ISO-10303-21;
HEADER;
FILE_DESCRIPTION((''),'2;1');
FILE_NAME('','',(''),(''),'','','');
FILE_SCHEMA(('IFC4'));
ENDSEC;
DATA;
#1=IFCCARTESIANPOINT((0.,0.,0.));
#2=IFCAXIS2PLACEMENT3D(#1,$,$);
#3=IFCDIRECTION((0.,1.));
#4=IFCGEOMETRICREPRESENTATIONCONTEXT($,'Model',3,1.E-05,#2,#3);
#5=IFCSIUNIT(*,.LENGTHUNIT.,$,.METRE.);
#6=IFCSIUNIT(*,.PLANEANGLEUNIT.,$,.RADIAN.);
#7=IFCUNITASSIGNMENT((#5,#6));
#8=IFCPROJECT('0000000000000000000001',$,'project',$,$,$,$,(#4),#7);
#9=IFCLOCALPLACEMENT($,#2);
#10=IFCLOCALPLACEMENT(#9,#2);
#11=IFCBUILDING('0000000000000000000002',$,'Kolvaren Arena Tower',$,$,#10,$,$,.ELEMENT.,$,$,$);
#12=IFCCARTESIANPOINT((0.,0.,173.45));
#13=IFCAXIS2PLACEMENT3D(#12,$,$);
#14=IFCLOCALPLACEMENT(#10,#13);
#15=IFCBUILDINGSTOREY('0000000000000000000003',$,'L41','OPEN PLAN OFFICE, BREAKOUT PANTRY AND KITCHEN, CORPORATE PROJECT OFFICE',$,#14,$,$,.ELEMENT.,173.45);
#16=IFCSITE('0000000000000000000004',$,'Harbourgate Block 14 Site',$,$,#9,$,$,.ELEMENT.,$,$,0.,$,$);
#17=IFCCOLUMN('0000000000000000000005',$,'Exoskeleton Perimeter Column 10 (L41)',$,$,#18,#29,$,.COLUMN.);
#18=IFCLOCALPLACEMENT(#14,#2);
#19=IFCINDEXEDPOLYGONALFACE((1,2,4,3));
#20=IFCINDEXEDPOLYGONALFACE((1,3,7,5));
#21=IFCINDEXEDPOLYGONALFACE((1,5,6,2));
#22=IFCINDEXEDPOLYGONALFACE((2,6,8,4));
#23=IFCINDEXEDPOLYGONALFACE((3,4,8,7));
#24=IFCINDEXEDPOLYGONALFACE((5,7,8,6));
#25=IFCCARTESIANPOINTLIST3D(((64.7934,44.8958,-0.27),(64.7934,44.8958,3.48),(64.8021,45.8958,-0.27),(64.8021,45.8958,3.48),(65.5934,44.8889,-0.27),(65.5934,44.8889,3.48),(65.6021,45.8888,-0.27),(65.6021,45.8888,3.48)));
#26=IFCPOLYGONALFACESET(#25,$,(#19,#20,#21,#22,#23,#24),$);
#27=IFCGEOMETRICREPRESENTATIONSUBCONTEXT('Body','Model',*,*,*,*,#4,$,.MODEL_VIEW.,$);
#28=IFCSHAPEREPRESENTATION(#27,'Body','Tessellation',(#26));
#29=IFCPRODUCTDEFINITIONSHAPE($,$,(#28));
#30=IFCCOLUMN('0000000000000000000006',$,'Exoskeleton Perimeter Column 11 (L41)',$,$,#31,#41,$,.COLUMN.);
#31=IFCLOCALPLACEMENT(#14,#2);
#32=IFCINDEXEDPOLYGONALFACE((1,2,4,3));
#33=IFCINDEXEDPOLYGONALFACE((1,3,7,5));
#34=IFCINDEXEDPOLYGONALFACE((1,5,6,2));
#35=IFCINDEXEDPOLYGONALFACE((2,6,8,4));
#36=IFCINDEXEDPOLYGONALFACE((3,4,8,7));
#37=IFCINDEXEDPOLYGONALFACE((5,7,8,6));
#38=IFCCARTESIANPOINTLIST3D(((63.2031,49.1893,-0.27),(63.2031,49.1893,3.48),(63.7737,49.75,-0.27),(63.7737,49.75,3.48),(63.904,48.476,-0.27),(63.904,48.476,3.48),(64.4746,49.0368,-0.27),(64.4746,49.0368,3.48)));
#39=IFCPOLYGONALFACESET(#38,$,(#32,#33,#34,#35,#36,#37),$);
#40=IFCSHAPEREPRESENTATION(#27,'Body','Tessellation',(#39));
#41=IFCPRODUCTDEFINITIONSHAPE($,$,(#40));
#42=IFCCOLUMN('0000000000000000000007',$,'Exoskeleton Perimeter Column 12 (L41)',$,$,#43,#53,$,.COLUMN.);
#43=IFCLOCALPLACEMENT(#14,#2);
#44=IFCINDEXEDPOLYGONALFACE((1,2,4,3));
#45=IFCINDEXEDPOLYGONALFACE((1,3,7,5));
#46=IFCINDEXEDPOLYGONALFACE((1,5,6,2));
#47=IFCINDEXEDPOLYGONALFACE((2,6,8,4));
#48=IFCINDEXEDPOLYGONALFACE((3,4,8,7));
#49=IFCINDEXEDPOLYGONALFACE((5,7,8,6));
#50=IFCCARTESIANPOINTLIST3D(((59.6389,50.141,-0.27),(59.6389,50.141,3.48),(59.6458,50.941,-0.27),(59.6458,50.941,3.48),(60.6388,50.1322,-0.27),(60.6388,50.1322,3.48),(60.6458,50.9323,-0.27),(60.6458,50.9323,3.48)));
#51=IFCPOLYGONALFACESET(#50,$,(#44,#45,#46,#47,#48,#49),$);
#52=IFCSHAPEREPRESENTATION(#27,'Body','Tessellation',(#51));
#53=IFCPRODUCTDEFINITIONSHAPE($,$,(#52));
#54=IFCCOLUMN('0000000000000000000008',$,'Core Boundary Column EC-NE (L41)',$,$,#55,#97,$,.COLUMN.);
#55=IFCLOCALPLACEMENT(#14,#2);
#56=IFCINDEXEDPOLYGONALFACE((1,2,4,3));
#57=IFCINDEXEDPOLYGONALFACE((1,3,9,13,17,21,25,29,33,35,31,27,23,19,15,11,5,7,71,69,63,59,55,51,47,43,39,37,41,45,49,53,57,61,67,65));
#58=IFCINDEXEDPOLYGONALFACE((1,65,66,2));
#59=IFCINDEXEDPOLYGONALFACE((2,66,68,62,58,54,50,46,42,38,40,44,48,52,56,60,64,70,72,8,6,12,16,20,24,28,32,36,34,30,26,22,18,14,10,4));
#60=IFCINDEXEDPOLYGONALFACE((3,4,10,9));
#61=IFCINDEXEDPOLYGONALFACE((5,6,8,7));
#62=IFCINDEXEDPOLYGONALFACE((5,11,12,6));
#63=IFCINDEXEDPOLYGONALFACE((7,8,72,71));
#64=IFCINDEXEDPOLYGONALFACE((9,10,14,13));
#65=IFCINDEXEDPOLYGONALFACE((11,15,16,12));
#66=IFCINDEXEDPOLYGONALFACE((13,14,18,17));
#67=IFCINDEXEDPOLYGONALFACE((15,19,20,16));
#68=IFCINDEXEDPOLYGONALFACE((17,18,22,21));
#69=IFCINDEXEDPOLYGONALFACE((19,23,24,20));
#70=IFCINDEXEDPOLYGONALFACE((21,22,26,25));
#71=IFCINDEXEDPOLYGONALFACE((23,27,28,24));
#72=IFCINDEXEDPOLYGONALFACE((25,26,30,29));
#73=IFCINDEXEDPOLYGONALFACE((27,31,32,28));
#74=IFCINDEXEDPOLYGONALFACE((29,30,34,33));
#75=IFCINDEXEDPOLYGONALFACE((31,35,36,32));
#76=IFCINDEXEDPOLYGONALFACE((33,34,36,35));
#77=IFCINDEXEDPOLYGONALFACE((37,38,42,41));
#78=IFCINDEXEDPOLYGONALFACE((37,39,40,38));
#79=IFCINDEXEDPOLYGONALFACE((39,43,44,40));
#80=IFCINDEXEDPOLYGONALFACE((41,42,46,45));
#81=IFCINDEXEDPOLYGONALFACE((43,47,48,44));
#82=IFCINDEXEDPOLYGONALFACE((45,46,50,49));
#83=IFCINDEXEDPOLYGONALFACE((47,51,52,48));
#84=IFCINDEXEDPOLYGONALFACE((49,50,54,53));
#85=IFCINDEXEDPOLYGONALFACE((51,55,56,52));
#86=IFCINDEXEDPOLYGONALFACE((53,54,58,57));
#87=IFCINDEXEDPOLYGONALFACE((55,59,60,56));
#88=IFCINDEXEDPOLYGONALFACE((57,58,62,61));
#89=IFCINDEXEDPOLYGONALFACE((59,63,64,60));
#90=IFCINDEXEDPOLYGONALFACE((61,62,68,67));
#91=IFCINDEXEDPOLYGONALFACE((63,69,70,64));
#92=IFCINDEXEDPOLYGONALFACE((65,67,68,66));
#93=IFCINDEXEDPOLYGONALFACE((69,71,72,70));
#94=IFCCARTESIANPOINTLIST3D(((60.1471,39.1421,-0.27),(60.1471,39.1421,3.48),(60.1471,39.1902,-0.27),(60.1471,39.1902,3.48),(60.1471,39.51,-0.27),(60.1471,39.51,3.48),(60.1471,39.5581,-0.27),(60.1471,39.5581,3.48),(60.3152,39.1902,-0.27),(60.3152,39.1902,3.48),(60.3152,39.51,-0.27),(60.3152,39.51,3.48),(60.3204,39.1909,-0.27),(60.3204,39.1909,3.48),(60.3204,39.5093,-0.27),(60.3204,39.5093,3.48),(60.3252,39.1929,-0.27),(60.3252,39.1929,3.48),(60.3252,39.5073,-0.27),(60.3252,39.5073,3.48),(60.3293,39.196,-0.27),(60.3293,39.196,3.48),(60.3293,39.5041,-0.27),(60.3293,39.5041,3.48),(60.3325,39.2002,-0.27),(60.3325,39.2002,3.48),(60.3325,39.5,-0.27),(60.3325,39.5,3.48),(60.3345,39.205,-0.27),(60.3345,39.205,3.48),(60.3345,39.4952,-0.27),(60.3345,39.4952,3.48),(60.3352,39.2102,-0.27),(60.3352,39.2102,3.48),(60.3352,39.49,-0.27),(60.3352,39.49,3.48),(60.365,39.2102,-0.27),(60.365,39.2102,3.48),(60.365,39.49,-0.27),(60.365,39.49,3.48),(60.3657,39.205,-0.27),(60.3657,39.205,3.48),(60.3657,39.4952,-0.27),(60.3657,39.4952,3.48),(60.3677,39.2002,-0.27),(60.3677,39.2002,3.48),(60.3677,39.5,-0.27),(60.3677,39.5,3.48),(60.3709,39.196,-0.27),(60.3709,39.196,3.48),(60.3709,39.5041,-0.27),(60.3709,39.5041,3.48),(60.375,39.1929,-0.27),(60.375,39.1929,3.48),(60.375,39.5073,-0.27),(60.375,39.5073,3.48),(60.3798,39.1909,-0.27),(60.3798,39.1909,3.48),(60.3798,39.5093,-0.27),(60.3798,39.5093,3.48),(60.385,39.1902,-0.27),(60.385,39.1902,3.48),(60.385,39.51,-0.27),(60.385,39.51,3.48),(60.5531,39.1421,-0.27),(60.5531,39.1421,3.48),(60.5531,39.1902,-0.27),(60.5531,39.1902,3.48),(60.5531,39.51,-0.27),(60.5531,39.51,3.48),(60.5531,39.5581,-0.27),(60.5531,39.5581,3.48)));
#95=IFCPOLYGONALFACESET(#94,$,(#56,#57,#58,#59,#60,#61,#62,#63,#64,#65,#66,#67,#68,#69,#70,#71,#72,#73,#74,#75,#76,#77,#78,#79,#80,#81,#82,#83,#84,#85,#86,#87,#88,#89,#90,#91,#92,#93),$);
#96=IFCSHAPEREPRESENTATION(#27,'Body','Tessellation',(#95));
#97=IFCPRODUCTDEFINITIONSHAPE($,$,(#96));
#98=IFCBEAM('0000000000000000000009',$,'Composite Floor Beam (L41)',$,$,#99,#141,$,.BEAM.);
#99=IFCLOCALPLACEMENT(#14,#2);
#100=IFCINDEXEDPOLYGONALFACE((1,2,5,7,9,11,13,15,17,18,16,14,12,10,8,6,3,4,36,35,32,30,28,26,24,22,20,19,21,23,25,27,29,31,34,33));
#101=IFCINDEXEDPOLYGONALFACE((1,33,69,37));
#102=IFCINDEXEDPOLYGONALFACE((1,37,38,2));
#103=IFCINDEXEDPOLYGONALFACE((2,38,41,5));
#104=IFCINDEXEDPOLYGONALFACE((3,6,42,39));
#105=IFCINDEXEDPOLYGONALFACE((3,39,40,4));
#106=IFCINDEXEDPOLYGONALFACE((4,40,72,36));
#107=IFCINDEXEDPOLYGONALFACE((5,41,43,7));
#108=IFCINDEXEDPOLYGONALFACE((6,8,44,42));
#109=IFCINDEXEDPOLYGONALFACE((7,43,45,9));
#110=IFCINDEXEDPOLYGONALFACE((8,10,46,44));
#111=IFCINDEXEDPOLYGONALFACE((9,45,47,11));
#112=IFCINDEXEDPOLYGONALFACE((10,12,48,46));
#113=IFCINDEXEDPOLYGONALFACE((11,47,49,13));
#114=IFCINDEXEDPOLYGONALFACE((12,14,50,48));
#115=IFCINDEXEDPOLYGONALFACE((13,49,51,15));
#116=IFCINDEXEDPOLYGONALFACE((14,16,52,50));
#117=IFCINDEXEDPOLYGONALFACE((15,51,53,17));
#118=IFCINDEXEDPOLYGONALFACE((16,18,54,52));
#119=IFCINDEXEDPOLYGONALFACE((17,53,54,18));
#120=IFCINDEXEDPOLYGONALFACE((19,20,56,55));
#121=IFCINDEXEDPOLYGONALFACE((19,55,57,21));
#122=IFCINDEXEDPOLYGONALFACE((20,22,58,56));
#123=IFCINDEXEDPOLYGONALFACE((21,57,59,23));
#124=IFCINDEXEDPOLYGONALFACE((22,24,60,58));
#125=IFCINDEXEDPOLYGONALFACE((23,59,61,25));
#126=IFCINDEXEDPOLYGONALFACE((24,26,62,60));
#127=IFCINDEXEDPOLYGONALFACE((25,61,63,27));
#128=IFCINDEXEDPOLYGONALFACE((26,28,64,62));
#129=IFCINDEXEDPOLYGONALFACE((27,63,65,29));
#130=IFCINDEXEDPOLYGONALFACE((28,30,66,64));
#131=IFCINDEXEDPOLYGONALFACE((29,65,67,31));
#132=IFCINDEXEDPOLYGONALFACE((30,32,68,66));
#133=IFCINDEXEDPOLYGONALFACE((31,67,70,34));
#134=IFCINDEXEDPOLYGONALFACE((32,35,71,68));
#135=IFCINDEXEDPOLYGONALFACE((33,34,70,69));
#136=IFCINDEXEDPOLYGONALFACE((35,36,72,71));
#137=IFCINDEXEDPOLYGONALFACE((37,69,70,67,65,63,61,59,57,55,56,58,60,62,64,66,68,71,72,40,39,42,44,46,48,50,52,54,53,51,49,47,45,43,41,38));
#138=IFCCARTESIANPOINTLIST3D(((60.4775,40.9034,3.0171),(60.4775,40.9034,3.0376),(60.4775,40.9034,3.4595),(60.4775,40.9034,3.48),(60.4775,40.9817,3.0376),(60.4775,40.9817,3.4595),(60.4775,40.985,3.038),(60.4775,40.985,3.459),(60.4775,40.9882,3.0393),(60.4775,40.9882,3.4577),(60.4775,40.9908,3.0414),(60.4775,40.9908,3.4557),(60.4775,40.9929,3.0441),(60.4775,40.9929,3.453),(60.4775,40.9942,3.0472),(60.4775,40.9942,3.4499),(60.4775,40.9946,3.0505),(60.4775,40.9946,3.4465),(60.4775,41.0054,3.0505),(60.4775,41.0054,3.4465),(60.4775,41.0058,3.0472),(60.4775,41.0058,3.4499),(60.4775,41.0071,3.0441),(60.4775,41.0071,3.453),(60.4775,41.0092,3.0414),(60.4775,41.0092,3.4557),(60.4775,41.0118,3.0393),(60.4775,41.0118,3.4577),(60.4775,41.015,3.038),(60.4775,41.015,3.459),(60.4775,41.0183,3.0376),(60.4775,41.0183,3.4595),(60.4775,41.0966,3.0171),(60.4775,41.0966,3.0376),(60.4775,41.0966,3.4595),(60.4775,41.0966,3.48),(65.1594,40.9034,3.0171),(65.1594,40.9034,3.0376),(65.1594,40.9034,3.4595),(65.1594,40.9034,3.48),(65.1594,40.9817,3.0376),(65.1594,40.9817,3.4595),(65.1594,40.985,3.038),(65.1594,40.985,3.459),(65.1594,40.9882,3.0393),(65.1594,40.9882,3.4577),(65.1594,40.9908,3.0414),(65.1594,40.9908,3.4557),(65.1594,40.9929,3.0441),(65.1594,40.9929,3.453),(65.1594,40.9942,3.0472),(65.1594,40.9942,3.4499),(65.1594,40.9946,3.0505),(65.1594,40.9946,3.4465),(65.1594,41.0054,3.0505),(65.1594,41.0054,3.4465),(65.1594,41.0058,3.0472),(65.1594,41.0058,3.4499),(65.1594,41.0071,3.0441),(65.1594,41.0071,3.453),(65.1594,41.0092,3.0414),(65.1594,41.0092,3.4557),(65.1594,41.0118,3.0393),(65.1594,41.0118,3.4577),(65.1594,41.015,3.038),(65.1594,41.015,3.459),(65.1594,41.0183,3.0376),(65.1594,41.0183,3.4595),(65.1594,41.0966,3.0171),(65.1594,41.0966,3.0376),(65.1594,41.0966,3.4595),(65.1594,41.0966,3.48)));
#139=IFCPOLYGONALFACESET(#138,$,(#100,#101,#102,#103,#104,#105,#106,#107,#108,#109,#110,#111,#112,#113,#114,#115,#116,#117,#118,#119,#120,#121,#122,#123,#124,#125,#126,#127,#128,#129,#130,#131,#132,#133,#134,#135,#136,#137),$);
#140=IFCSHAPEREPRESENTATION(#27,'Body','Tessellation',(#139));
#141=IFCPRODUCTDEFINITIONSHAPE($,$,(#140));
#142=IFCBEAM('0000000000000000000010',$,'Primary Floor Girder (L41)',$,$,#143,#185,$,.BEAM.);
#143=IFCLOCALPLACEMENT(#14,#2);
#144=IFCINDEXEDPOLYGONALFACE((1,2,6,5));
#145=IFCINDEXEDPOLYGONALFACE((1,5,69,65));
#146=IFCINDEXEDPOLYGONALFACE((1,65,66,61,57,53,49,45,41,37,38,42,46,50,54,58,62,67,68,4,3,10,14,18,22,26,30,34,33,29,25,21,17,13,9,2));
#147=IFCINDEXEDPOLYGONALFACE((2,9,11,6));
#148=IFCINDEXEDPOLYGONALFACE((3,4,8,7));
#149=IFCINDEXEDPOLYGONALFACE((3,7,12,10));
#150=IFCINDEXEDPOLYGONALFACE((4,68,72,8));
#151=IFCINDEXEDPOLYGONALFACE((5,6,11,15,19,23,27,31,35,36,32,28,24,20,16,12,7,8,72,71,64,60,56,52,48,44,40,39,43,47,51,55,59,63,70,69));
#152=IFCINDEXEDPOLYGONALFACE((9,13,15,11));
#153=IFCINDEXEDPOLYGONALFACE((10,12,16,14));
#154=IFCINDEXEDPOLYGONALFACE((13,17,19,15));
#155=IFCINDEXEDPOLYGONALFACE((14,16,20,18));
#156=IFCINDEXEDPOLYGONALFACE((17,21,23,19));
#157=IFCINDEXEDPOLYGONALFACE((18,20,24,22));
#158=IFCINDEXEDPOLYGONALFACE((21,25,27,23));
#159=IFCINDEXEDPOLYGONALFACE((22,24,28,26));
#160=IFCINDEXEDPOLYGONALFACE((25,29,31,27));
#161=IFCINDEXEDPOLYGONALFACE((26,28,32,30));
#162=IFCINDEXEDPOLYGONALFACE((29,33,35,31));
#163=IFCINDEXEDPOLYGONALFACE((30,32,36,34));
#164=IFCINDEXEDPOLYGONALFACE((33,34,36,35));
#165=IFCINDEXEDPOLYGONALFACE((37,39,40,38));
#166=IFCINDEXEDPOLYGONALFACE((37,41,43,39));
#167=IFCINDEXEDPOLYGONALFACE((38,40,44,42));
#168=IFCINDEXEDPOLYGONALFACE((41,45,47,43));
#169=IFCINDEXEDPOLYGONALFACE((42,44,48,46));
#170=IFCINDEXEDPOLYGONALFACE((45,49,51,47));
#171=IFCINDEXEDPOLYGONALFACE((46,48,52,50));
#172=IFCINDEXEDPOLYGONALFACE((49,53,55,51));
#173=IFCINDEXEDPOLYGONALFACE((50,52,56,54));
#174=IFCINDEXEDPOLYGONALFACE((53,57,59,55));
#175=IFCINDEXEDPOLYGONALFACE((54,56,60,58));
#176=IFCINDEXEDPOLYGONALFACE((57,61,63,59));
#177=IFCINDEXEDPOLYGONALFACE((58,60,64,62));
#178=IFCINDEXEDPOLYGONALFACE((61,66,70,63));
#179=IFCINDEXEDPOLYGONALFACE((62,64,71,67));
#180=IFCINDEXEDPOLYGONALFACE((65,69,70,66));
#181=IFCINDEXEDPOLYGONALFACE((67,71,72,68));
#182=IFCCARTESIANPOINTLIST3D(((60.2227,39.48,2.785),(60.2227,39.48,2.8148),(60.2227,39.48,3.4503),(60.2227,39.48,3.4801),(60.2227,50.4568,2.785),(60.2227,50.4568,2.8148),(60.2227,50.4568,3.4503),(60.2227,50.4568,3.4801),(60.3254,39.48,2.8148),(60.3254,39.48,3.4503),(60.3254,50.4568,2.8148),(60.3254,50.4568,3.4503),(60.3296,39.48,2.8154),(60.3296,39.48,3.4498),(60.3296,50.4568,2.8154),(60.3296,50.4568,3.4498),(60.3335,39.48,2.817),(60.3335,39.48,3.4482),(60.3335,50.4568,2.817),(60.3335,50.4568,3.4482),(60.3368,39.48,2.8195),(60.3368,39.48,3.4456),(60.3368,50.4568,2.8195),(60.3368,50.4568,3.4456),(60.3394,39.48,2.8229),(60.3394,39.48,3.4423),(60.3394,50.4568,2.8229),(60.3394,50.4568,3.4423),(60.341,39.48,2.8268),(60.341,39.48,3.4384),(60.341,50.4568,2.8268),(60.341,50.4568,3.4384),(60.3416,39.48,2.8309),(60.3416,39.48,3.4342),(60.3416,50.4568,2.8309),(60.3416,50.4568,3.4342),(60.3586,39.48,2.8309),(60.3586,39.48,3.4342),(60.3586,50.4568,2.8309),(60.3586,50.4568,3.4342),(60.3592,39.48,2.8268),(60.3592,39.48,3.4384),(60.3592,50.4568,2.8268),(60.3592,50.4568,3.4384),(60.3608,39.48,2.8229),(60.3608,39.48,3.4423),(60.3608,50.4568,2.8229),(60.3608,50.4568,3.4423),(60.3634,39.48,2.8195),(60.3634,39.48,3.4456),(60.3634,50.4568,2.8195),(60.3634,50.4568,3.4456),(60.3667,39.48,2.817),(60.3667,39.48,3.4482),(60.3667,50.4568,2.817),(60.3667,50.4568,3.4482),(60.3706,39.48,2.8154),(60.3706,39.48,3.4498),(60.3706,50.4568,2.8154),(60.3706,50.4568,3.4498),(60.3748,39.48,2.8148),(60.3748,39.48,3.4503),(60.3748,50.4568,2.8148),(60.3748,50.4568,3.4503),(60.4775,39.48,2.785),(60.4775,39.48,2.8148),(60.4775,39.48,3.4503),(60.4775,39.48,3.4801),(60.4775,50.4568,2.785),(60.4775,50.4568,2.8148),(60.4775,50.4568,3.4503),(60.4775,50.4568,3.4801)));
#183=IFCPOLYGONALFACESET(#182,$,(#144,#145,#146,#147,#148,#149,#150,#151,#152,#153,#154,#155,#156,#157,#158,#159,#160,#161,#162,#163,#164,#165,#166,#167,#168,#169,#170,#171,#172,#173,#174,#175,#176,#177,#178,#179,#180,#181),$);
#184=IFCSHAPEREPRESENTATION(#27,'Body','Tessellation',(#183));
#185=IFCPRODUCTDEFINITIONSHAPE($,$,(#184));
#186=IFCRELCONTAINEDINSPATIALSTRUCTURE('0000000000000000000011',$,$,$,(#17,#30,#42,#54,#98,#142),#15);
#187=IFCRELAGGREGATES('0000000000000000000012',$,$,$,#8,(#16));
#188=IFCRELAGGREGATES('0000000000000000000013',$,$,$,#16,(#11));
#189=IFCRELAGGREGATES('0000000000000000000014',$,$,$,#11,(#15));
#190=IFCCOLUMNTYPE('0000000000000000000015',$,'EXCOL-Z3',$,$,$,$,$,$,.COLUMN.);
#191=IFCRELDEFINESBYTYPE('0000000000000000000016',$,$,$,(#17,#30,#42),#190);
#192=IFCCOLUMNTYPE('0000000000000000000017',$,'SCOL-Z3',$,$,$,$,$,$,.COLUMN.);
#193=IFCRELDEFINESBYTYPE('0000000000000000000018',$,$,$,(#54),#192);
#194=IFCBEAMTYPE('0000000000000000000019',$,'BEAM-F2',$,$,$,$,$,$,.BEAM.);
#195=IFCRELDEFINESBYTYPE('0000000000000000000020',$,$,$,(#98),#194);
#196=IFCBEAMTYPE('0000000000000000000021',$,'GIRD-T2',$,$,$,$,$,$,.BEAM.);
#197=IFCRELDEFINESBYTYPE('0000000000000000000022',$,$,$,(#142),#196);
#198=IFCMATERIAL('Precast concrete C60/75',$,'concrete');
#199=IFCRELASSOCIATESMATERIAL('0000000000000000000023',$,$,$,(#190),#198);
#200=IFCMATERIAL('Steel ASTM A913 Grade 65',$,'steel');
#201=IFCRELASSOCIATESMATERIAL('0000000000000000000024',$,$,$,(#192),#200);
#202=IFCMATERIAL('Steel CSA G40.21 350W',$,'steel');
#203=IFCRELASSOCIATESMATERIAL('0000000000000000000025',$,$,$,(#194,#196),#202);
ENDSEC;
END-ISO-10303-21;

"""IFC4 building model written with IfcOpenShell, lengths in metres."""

from ifc_helpers import new_model, si_unit, direction, frame, origin, origin_2d, place, context, subcontext, project, spatial, rectangle, i_section, extrude, material, material_profile, profile_set, type_object, element, save


model = new_model("IFC4")

# Units and contexts
model_context = context("Model", 3, precision=1e-05, world=origin(), true_north=direction((0.0, 1.0)))
body_context = subcontext(model_context, "Body", "Model", "MODEL_VIEW")
ifc_project = project(units=[si_unit("LENGTHUNIT", "METRE"), si_unit("PLANEANGLEUNIT", "RADIAN")], contexts=[model_context])

# Site, building, storey
site_placement = place(None, origin())
site = spatial("IfcSite", under=ifc_project, at=site_placement, Name="Harbourgate Block 14 Site", CompositionType="ELEMENT", RefElevation=0.0)
building_placement = place(site_placement, origin())
building = spatial("IfcBuilding", under=site, at=building_placement, Name="Kolvaren Arena Tower", CompositionType="ELEMENT")
storey_placement = place(building_placement, frame((0.0, 0.0, 173.45)))
storey = spatial("IfcBuildingStorey", under=building, at=storey_placement, Name="L41", Description="OPEN PLAN OFFICE, BREAKOUT PANTRY AND KITCHEN, CORPORATE PROJECT OFFICE", CompositionType="ELEMENT", Elevation=173.45)

# Columns
ifc_material_1 = material(Name="Precast concrete C60/75", Category="concrete")
ifc_material_profile_1 = material_profile(ifc_material_1, rectangle(XDim=1.0, YDim=0.8, at=origin_2d()), Name="RC-1000x800")
ifc_profile_set_1 = profile_set([ifc_material_profile_1], Name="Precast concrete C60/75")
column_type_1 = type_object("IfcColumnType", Name="EXCOL-Z3", PredefinedType="COLUMN", material=ifc_profile_set_1)
for number, where, z_axis, x_axis, name in (
    (1, (65.1978, 45.3923, -0.27), (0.0, 0.0, 1.0), (0.008727, 0.999962, 0.0), "Exoskeleton Perimeter Column 10 (L41)"),
    (2, (63.8389, 49.113, -0.27), (0.0, 0.0, 1.0), (-0.700909, 0.71325, 0.0), "Exoskeleton Perimeter Column 11 (L41)"),
    (3, (60.1423, 50.5366, -0.27), (0.0, 0.0, 1.0), (0.999962, -0.008727, 0.0), "Exoskeleton Perimeter Column 12 (L41)"),
):
    element("IfcColumn", number, at=place(storey_placement, frame(where, z_axis=z_axis, x_axis=x_axis)), inside=storey, type_object=column_type_1, Name=name, PredefinedType="COLUMN", context=body_context, shape_type="SweptSolid", body=[
        extrude(rectangle(XDim=1.0, YDim=0.8, at=origin_2d()), origin(), (0.0, 0.0, 1.0), 3.75),
    ])
ifc_material_2 = material(Name="Steel ASTM A913 Grade 65", Category="steel")
ifc_material_profile_2 = material_profile(ifc_material_2, i_section(OverallWidth=0.406, OverallDepth=0.416, WebThickness=0.0298, FlangeThickness=0.0481, FilletRadius=0.02, at=origin_2d()), Name="W360x382")
ifc_profile_set_2 = profile_set([ifc_material_profile_2], Name="Steel ASTM A913 Grade 65")
column_type_2 = type_object("IfcColumnType", Name="SCOL-Z3", PredefinedType="COLUMN", material=ifc_profile_set_2)
column_placement = place(storey_placement, frame((60.3501, 39.3501, -0.27), z_axis=(0.0, 0.0, 1.0), x_axis=(1.0, 0.0, 0.0)))
element("IfcColumn", 4, at=column_placement, inside=storey, type_object=column_type_2, Name="Core Boundary Column EC-NE (L41)", PredefinedType="COLUMN", context=body_context, shape_type="SweptSolid", body=[
    extrude(i_section(OverallWidth=0.406, OverallDepth=0.416, WebThickness=0.0298, FlangeThickness=0.0481, FilletRadius=0.02, at=origin_2d()), origin(), (0.0, 0.0, 1.0), 3.75),
])

# Beams
ifc_material_3 = material(Name="Steel CSA G40.21 350W", Category="steel")
ifc_material_profile_3 = material_profile(ifc_material_3, i_section(OverallWidth=0.1931, OverallDepth=0.4629, WebThickness=0.0107, FlangeThickness=0.0205, FilletRadius=0.0129, at=origin_2d()), Name="W460x113")
ifc_profile_set_3 = profile_set([ifc_material_profile_3], Name="Steel CSA G40.21 350W")
beam_type_1 = type_object("IfcBeamType", Name="BEAM-F2", PredefinedType="BEAM", material=ifc_profile_set_3)
beam_1_placement = place(storey_placement, frame((60.4775, 41.0, 3.2485), z_axis=(1.0, 0.0, 0.0), x_axis=(0.0, 1.0, 0.0)))
element("IfcBeam", 5, at=beam_1_placement, inside=storey, type_object=beam_type_1, Name="Composite Floor Beam (L41)", PredefinedType="BEAM", context=body_context, shape_type="SweptSolid", body=[
    extrude(i_section(OverallWidth=0.1931, OverallDepth=0.4629, WebThickness=0.0107, FlangeThickness=0.0205, FilletRadius=0.0129, at=origin_2d()), origin(), (0.0, 0.0, 1.0), 4.6819),
])
ifc_material_profile_4 = material_profile(ifc_material_3, i_section(OverallWidth=0.2549, OverallDepth=0.6951, WebThickness=0.0171, FlangeThickness=0.0298, FilletRadius=0.0161, at=origin_2d()), Name="W690x217")
ifc_profile_set_4 = profile_set([ifc_material_profile_4], Name="Steel CSA G40.21 350W")
beam_type_2 = type_object("IfcBeamType", Name="GIRD-T2", PredefinedType="BEAM", material=ifc_profile_set_4)
beam_2_placement = place(storey_placement, frame((60.3501, 39.48, 3.1326), z_axis=(0.0, 1.0, 0.0), x_axis=(-1.0, 0.0, 0.0)))
element("IfcBeam", 6, at=beam_2_placement, inside=storey, type_object=beam_type_2, Name="Primary Floor Girder (L41)", PredefinedType="BEAM", context=body_context, shape_type="SweptSolid", body=[
    extrude(i_section(OverallWidth=0.2549, OverallDepth=0.6951, WebThickness=0.0171, FlangeThickness=0.0298, FilletRadius=0.0161, at=origin_2d()), origin(), (0.0, 0.0, 1.0), 10.9768),
])

save(model, "model.ifc")
